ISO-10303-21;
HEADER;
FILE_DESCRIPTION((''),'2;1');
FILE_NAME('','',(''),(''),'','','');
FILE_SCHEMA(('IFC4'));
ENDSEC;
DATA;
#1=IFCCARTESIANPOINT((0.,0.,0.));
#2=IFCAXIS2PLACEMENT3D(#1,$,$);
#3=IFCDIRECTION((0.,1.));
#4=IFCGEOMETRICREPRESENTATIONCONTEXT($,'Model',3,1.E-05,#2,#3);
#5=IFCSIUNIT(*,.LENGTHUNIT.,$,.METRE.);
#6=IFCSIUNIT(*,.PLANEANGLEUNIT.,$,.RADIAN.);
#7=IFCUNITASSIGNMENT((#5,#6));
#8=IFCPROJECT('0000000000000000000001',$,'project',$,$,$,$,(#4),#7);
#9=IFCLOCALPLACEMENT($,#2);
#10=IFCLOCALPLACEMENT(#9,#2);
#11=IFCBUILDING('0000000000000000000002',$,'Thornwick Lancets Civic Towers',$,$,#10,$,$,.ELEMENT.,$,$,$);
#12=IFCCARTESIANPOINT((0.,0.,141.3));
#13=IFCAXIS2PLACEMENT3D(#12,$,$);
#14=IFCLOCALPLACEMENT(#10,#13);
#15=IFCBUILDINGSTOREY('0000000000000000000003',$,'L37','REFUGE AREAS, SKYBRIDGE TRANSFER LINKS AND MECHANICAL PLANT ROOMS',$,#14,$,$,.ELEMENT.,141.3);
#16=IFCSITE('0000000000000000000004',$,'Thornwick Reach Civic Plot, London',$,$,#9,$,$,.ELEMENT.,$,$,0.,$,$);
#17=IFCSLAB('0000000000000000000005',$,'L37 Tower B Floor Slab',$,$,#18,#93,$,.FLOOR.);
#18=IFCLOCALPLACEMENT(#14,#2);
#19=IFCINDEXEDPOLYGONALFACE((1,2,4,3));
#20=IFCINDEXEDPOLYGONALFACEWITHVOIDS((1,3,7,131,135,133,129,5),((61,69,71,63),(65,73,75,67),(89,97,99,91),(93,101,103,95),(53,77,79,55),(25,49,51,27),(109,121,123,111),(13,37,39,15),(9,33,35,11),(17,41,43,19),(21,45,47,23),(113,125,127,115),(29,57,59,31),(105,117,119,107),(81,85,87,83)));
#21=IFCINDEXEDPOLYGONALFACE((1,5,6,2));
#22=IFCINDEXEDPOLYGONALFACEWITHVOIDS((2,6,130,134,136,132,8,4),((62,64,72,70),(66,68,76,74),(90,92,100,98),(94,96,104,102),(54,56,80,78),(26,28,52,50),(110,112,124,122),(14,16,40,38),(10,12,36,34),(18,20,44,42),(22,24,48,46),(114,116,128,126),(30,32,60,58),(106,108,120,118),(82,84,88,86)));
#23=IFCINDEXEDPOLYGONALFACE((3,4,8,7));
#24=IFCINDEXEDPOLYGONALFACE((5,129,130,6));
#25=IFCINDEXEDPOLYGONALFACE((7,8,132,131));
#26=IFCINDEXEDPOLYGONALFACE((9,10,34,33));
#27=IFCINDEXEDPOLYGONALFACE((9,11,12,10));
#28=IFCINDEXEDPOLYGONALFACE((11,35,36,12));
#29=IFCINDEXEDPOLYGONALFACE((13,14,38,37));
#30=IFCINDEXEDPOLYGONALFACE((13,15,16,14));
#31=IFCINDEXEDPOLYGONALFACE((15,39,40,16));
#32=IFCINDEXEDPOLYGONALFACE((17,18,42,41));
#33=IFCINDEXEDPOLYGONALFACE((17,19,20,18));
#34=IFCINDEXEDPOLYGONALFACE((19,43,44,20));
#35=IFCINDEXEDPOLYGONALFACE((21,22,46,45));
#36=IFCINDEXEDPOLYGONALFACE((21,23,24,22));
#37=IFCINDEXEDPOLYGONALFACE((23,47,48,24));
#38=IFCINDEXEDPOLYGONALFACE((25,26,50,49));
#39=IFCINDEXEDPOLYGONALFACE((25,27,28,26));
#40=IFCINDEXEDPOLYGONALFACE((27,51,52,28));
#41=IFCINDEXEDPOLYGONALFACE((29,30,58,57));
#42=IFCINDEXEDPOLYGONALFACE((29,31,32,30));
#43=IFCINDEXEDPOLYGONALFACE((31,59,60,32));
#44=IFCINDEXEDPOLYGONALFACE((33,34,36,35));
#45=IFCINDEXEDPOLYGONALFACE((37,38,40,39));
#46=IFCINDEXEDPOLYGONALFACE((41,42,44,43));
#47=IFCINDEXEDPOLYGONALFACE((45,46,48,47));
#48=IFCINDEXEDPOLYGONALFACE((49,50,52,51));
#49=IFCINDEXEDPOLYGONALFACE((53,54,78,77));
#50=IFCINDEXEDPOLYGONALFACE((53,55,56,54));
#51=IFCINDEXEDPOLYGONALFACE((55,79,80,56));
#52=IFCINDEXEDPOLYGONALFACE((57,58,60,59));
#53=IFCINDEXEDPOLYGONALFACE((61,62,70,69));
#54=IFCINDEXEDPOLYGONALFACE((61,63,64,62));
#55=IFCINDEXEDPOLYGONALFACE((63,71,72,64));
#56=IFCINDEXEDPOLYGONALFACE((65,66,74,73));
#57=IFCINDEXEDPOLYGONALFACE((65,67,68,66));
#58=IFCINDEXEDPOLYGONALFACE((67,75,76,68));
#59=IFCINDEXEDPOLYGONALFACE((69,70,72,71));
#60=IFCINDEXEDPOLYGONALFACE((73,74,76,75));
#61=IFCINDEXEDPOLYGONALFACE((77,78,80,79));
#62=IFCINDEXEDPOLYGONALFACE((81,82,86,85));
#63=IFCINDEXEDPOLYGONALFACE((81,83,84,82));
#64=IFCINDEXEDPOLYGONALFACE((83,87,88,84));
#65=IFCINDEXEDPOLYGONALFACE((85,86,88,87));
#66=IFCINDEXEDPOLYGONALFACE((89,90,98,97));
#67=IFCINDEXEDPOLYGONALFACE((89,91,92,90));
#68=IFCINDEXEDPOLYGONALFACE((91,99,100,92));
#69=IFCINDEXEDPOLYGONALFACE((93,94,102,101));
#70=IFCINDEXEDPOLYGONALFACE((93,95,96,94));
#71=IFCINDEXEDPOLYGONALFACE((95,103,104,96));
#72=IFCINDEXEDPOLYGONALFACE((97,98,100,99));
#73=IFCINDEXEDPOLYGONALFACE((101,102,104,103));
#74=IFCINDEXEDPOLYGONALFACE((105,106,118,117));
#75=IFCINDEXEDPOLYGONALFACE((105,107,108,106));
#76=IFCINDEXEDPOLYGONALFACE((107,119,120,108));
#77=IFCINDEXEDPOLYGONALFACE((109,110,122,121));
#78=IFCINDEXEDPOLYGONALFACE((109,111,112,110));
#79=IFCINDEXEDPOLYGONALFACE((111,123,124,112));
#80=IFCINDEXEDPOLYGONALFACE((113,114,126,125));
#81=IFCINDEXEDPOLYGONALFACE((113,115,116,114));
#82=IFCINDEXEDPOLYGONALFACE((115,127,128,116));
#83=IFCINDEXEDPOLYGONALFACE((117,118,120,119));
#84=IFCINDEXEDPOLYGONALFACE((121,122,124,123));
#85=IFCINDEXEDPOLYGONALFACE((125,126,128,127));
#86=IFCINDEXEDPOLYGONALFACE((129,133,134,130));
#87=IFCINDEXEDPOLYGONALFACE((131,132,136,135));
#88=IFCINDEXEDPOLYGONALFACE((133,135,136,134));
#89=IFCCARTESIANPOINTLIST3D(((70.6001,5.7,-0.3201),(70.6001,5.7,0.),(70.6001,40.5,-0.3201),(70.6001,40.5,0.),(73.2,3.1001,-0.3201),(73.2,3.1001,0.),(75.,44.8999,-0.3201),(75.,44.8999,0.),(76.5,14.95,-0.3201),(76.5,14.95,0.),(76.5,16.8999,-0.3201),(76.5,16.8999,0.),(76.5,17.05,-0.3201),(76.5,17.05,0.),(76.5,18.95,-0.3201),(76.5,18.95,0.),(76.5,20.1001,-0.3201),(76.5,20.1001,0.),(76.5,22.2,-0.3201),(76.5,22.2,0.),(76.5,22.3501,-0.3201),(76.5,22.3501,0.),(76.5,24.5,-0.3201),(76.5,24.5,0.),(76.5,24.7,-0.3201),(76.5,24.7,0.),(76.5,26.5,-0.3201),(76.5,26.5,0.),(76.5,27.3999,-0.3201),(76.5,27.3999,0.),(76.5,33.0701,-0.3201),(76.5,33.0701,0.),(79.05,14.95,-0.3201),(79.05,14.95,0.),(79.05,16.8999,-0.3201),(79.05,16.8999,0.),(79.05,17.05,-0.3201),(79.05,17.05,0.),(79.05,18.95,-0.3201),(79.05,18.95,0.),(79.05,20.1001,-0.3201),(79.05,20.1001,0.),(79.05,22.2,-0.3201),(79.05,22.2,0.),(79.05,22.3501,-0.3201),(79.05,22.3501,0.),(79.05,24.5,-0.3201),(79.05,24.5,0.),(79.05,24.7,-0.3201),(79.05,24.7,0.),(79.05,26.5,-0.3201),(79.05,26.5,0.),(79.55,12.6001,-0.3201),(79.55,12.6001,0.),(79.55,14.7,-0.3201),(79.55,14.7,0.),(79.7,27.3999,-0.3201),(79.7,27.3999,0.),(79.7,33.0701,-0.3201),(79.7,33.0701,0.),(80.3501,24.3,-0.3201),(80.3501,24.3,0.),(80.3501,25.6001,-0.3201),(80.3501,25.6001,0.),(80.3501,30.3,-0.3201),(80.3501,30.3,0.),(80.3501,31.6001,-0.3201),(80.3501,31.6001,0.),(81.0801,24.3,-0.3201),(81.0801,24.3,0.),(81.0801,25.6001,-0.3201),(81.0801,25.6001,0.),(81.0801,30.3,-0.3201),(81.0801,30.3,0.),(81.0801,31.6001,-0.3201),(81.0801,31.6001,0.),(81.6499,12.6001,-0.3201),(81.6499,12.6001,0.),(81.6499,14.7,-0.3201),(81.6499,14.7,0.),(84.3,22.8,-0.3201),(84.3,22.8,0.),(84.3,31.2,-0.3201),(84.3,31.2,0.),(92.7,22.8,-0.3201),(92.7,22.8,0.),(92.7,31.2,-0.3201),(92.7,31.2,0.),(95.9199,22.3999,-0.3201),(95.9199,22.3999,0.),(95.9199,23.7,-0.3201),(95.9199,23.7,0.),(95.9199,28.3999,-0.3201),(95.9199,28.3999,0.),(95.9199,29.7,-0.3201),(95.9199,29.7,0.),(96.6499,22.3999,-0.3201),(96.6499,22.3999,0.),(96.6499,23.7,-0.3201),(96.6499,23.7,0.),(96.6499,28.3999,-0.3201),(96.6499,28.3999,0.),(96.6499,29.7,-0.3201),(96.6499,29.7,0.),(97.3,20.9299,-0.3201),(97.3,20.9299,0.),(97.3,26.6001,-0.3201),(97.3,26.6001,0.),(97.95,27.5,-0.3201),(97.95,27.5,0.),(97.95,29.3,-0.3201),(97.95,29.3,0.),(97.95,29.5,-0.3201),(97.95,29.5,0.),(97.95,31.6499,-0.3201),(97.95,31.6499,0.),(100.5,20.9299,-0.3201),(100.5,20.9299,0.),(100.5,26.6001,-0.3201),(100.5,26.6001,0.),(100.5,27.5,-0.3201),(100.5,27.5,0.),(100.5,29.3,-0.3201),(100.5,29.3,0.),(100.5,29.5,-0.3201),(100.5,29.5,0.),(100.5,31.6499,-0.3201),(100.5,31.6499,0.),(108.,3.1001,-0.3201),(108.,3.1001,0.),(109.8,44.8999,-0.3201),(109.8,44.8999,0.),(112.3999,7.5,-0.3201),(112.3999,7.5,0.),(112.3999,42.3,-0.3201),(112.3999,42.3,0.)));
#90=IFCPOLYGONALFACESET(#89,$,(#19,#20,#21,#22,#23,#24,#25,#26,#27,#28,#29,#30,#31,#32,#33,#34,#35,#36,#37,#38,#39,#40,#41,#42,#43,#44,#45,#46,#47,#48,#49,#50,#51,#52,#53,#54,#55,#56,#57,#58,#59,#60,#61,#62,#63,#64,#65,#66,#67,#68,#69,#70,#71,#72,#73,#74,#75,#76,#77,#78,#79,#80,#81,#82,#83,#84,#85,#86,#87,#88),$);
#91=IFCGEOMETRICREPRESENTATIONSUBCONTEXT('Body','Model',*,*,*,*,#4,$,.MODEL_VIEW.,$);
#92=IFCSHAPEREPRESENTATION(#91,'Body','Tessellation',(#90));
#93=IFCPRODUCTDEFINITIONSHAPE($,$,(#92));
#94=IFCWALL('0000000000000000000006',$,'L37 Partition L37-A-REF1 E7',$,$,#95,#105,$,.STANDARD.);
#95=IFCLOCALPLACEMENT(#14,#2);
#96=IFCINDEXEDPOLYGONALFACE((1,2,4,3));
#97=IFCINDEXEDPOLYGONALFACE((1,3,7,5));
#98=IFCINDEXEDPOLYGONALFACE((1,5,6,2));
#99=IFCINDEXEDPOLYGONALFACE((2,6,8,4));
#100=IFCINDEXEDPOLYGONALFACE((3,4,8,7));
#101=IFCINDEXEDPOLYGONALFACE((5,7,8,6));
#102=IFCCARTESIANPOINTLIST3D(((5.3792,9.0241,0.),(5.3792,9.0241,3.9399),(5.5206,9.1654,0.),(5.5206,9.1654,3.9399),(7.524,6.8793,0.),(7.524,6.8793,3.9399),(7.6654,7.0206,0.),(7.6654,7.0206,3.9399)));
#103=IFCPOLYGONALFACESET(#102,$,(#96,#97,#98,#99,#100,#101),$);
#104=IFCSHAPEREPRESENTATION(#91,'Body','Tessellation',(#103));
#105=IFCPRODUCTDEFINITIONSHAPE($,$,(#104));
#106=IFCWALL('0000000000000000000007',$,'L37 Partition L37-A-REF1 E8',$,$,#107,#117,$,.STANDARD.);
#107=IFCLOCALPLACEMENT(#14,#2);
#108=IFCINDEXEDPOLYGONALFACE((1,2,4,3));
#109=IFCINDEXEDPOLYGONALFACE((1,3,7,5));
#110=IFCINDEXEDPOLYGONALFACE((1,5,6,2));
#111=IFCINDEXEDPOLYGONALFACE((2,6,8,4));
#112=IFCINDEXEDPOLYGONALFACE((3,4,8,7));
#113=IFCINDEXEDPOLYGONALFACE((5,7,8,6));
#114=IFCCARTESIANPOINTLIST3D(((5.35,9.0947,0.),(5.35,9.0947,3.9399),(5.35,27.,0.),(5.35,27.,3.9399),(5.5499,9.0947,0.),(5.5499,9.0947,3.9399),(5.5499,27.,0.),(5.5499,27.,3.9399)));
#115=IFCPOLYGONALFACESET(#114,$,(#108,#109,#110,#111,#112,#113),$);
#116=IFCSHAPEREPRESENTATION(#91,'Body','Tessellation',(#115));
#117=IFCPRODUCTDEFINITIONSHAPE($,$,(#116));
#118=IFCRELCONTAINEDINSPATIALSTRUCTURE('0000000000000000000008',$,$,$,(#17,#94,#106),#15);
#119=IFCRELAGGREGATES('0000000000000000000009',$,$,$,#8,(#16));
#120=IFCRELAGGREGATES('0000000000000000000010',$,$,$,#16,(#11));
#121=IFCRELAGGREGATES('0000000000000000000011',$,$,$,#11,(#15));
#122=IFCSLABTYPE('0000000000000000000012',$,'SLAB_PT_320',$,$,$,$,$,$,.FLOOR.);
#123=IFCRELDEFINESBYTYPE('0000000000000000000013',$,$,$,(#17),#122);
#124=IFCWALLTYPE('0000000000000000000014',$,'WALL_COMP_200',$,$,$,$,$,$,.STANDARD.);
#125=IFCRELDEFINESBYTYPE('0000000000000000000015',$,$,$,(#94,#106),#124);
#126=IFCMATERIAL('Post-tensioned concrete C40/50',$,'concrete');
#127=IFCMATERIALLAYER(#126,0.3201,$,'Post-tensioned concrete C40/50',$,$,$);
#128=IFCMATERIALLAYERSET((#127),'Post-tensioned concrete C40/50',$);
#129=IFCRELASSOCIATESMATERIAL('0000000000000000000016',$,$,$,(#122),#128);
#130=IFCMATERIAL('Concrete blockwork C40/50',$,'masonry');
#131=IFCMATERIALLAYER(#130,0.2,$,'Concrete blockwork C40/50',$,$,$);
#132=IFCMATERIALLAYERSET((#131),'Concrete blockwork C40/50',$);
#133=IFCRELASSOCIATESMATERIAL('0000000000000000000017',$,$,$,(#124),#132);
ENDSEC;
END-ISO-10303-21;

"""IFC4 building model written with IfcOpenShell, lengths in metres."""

from ifc_helpers import new_model, si_unit, direction, frame, frame_2d, origin, place, context, subcontext, project, spatial, polyline, rectangle, outline, extrude, material, layer, layer_set, type_object, element, save


model = new_model("IFC4")

# Units and contexts
model_context = context("Model", 3, precision=1e-05, world=origin(), true_north=direction((0.0, 1.0)))
body_context = subcontext(model_context, "Body", "Model", "MODEL_VIEW")
ifc_project = project(units=[si_unit("LENGTHUNIT", "METRE"), si_unit("PLANEANGLEUNIT", "RADIAN")], contexts=[model_context])

# Site, building, storey
site_placement = place(None, origin())
site = spatial("IfcSite", under=ifc_project, at=site_placement, Name="Thornwick Reach Civic Plot, London", CompositionType="ELEMENT", RefElevation=0.0)
building_placement = place(site_placement, origin())
building = spatial("IfcBuilding", under=site, at=building_placement, Name="Thornwick Lancets Civic Towers", CompositionType="ELEMENT")
storey_placement = place(building_placement, frame((0.0, 0.0, 141.3)))
storey = spatial("IfcBuildingStorey", under=building, at=storey_placement, Name="L37", Description="REFUGE AREAS, SKYBRIDGE TRANSFER LINKS AND MECHANICAL PLANT ROOMS", CompositionType="ELEMENT", Elevation=141.3)

# Slab
ifc_material_1 = material(Name="Post-tensioned concrete C40/50", Category="concrete")
ifc_layer_1 = layer(ifc_material_1, 0.3201, Name="Post-tensioned concrete C40/50")
ifc_layer_set_1 = layer_set([ifc_layer_1], Name="Post-tensioned concrete C40/50")
slab_type_1 = type_object("IfcSlabType", Name="SLAB_PT_320", PredefinedType="FLOOR", material=ifc_layer_set_1)
slab_1_placement = place(storey_placement, frame((0.0, 0.0, -0.3201)))
element("IfcSlab", 1, at=slab_1_placement, inside=storey, type_object=slab_type_1, Name="L37 Tower B Floor Slab", PredefinedType="FLOOR", context=body_context, shape_type="SweptSolid", body=[
    extrude(outline(polyline([(73.2, 3.1001), (108.0, 3.1001), (112.3999, 7.5), (112.3999, 42.3), (109.8, 44.8999), (75.0, 44.8999), (70.6001, 40.5), (70.6001, 5.7), (73.2, 3.1001)]), holes=[polyline([(84.3, 22.8), (92.7, 22.8), (92.7, 31.2), (84.3, 31.2), (84.3, 22.8)]), polyline([(100.5, 20.9299), (100.5, 26.6001), (97.3, 26.6001), (97.3, 20.9299), (100.5, 20.9299)]), polyline([(76.5, 33.0701), (76.5, 27.3999), (79.7, 27.3999), (79.7, 33.0701), (76.5, 33.0701)]), polyline([(97.95, 27.5), (100.5, 27.5), (100.5, 29.3), (97.95, 29.3), (97.95, 27.5)]), polyline([(97.95, 29.5), (100.5, 29.5), (100.5, 31.6499), (97.95, 31.6499), (97.95, 29.5)]), polyline([(76.5, 24.7), (79.05, 24.7), (79.05, 26.5), (76.5, 26.5), (76.5, 24.7)]), polyline([(76.5, 22.3501), (79.05, 22.3501), (79.05, 24.5), (76.5, 24.5), (76.5, 22.3501)]), polyline([(76.5, 20.1001), (79.05, 20.1001), (79.05, 22.2), (76.5, 22.2), (76.5, 20.1001)]), polyline([(76.5, 17.05), (79.05, 17.05), (79.05, 18.95), (76.5, 18.95), (76.5, 17.05)]), polyline([(76.5, 14.95), (79.05, 14.95), (79.05, 16.8999), (76.5, 16.8999), (76.5, 14.95)]), polyline([(79.55, 12.6001), (81.6499, 12.6001), (81.6499, 14.7), (79.55, 14.7), (79.55, 12.6001)]), polyline([(95.9199, 28.3999), (96.6499, 28.3999), (96.6499, 29.7), (95.9199, 29.7), (95.9199, 28.3999)]), polyline([(95.9199, 22.3999), (96.6499, 22.3999), (96.6499, 23.7), (95.9199, 23.7), (95.9199, 22.3999)]), polyline([(80.3501, 24.3), (81.0801, 24.3), (81.0801, 25.6001), (80.3501, 25.6001), (80.3501, 24.3)]), polyline([(80.3501, 30.3), (81.0801, 30.3), (81.0801, 31.6001), (80.3501, 31.6001), (80.3501, 30.3)])]), origin(), (0.0, 0.0, 1.0), 0.3201),
])

# Walls
ifc_material_2 = material(Name="Concrete blockwork C40/50", Category="masonry")
ifc_layer_2 = layer(ifc_material_2, 0.2, Name="Concrete blockwork C40/50")
ifc_layer_set_2 = layer_set([ifc_layer_2], Name="Concrete blockwork C40/50")
wall_type_1 = type_object("IfcWallType", Name="WALL_COMP_200", PredefinedType="STANDARD", material=ifc_layer_set_2)
wall_1_placement = place(storey_placement, frame((7.5947, 6.95, 0.0), z_axis=(0.0, 0.0, 1.0), x_axis=(-0.707107, 0.707107, 0.0)))
element("IfcWall", 2, at=wall_1_placement, inside=storey, type_object=wall_type_1, Name="L37 Partition L37-A-REF1 E7", PredefinedType="STANDARD", context=body_context, shape_type="SweptSolid", body=[
    extrude(rectangle(XDim=3.0332, YDim=0.2, at=frame_2d((1.5166, 0.0))), origin(), (0.0, 0.0, 1.0), 3.9399),
])
wall_2_placement = place(storey_placement, frame((5.45, 9.0947, 0.0), z_axis=(0.0, 0.0, 1.0), x_axis=(0.0, 1.0, 0.0)))
element("IfcWall", 3, at=wall_2_placement, inside=storey, type_object=wall_type_1, Name="L37 Partition L37-A-REF1 E8", PredefinedType="STANDARD", context=body_context, shape_type="SweptSolid", body=[
    extrude(rectangle(XDim=17.9053, YDim=0.2, at=frame_2d((8.9526, 0.0))), origin(), (0.0, 0.0, 1.0), 3.9399),
])

save(model, "model.ifc")
